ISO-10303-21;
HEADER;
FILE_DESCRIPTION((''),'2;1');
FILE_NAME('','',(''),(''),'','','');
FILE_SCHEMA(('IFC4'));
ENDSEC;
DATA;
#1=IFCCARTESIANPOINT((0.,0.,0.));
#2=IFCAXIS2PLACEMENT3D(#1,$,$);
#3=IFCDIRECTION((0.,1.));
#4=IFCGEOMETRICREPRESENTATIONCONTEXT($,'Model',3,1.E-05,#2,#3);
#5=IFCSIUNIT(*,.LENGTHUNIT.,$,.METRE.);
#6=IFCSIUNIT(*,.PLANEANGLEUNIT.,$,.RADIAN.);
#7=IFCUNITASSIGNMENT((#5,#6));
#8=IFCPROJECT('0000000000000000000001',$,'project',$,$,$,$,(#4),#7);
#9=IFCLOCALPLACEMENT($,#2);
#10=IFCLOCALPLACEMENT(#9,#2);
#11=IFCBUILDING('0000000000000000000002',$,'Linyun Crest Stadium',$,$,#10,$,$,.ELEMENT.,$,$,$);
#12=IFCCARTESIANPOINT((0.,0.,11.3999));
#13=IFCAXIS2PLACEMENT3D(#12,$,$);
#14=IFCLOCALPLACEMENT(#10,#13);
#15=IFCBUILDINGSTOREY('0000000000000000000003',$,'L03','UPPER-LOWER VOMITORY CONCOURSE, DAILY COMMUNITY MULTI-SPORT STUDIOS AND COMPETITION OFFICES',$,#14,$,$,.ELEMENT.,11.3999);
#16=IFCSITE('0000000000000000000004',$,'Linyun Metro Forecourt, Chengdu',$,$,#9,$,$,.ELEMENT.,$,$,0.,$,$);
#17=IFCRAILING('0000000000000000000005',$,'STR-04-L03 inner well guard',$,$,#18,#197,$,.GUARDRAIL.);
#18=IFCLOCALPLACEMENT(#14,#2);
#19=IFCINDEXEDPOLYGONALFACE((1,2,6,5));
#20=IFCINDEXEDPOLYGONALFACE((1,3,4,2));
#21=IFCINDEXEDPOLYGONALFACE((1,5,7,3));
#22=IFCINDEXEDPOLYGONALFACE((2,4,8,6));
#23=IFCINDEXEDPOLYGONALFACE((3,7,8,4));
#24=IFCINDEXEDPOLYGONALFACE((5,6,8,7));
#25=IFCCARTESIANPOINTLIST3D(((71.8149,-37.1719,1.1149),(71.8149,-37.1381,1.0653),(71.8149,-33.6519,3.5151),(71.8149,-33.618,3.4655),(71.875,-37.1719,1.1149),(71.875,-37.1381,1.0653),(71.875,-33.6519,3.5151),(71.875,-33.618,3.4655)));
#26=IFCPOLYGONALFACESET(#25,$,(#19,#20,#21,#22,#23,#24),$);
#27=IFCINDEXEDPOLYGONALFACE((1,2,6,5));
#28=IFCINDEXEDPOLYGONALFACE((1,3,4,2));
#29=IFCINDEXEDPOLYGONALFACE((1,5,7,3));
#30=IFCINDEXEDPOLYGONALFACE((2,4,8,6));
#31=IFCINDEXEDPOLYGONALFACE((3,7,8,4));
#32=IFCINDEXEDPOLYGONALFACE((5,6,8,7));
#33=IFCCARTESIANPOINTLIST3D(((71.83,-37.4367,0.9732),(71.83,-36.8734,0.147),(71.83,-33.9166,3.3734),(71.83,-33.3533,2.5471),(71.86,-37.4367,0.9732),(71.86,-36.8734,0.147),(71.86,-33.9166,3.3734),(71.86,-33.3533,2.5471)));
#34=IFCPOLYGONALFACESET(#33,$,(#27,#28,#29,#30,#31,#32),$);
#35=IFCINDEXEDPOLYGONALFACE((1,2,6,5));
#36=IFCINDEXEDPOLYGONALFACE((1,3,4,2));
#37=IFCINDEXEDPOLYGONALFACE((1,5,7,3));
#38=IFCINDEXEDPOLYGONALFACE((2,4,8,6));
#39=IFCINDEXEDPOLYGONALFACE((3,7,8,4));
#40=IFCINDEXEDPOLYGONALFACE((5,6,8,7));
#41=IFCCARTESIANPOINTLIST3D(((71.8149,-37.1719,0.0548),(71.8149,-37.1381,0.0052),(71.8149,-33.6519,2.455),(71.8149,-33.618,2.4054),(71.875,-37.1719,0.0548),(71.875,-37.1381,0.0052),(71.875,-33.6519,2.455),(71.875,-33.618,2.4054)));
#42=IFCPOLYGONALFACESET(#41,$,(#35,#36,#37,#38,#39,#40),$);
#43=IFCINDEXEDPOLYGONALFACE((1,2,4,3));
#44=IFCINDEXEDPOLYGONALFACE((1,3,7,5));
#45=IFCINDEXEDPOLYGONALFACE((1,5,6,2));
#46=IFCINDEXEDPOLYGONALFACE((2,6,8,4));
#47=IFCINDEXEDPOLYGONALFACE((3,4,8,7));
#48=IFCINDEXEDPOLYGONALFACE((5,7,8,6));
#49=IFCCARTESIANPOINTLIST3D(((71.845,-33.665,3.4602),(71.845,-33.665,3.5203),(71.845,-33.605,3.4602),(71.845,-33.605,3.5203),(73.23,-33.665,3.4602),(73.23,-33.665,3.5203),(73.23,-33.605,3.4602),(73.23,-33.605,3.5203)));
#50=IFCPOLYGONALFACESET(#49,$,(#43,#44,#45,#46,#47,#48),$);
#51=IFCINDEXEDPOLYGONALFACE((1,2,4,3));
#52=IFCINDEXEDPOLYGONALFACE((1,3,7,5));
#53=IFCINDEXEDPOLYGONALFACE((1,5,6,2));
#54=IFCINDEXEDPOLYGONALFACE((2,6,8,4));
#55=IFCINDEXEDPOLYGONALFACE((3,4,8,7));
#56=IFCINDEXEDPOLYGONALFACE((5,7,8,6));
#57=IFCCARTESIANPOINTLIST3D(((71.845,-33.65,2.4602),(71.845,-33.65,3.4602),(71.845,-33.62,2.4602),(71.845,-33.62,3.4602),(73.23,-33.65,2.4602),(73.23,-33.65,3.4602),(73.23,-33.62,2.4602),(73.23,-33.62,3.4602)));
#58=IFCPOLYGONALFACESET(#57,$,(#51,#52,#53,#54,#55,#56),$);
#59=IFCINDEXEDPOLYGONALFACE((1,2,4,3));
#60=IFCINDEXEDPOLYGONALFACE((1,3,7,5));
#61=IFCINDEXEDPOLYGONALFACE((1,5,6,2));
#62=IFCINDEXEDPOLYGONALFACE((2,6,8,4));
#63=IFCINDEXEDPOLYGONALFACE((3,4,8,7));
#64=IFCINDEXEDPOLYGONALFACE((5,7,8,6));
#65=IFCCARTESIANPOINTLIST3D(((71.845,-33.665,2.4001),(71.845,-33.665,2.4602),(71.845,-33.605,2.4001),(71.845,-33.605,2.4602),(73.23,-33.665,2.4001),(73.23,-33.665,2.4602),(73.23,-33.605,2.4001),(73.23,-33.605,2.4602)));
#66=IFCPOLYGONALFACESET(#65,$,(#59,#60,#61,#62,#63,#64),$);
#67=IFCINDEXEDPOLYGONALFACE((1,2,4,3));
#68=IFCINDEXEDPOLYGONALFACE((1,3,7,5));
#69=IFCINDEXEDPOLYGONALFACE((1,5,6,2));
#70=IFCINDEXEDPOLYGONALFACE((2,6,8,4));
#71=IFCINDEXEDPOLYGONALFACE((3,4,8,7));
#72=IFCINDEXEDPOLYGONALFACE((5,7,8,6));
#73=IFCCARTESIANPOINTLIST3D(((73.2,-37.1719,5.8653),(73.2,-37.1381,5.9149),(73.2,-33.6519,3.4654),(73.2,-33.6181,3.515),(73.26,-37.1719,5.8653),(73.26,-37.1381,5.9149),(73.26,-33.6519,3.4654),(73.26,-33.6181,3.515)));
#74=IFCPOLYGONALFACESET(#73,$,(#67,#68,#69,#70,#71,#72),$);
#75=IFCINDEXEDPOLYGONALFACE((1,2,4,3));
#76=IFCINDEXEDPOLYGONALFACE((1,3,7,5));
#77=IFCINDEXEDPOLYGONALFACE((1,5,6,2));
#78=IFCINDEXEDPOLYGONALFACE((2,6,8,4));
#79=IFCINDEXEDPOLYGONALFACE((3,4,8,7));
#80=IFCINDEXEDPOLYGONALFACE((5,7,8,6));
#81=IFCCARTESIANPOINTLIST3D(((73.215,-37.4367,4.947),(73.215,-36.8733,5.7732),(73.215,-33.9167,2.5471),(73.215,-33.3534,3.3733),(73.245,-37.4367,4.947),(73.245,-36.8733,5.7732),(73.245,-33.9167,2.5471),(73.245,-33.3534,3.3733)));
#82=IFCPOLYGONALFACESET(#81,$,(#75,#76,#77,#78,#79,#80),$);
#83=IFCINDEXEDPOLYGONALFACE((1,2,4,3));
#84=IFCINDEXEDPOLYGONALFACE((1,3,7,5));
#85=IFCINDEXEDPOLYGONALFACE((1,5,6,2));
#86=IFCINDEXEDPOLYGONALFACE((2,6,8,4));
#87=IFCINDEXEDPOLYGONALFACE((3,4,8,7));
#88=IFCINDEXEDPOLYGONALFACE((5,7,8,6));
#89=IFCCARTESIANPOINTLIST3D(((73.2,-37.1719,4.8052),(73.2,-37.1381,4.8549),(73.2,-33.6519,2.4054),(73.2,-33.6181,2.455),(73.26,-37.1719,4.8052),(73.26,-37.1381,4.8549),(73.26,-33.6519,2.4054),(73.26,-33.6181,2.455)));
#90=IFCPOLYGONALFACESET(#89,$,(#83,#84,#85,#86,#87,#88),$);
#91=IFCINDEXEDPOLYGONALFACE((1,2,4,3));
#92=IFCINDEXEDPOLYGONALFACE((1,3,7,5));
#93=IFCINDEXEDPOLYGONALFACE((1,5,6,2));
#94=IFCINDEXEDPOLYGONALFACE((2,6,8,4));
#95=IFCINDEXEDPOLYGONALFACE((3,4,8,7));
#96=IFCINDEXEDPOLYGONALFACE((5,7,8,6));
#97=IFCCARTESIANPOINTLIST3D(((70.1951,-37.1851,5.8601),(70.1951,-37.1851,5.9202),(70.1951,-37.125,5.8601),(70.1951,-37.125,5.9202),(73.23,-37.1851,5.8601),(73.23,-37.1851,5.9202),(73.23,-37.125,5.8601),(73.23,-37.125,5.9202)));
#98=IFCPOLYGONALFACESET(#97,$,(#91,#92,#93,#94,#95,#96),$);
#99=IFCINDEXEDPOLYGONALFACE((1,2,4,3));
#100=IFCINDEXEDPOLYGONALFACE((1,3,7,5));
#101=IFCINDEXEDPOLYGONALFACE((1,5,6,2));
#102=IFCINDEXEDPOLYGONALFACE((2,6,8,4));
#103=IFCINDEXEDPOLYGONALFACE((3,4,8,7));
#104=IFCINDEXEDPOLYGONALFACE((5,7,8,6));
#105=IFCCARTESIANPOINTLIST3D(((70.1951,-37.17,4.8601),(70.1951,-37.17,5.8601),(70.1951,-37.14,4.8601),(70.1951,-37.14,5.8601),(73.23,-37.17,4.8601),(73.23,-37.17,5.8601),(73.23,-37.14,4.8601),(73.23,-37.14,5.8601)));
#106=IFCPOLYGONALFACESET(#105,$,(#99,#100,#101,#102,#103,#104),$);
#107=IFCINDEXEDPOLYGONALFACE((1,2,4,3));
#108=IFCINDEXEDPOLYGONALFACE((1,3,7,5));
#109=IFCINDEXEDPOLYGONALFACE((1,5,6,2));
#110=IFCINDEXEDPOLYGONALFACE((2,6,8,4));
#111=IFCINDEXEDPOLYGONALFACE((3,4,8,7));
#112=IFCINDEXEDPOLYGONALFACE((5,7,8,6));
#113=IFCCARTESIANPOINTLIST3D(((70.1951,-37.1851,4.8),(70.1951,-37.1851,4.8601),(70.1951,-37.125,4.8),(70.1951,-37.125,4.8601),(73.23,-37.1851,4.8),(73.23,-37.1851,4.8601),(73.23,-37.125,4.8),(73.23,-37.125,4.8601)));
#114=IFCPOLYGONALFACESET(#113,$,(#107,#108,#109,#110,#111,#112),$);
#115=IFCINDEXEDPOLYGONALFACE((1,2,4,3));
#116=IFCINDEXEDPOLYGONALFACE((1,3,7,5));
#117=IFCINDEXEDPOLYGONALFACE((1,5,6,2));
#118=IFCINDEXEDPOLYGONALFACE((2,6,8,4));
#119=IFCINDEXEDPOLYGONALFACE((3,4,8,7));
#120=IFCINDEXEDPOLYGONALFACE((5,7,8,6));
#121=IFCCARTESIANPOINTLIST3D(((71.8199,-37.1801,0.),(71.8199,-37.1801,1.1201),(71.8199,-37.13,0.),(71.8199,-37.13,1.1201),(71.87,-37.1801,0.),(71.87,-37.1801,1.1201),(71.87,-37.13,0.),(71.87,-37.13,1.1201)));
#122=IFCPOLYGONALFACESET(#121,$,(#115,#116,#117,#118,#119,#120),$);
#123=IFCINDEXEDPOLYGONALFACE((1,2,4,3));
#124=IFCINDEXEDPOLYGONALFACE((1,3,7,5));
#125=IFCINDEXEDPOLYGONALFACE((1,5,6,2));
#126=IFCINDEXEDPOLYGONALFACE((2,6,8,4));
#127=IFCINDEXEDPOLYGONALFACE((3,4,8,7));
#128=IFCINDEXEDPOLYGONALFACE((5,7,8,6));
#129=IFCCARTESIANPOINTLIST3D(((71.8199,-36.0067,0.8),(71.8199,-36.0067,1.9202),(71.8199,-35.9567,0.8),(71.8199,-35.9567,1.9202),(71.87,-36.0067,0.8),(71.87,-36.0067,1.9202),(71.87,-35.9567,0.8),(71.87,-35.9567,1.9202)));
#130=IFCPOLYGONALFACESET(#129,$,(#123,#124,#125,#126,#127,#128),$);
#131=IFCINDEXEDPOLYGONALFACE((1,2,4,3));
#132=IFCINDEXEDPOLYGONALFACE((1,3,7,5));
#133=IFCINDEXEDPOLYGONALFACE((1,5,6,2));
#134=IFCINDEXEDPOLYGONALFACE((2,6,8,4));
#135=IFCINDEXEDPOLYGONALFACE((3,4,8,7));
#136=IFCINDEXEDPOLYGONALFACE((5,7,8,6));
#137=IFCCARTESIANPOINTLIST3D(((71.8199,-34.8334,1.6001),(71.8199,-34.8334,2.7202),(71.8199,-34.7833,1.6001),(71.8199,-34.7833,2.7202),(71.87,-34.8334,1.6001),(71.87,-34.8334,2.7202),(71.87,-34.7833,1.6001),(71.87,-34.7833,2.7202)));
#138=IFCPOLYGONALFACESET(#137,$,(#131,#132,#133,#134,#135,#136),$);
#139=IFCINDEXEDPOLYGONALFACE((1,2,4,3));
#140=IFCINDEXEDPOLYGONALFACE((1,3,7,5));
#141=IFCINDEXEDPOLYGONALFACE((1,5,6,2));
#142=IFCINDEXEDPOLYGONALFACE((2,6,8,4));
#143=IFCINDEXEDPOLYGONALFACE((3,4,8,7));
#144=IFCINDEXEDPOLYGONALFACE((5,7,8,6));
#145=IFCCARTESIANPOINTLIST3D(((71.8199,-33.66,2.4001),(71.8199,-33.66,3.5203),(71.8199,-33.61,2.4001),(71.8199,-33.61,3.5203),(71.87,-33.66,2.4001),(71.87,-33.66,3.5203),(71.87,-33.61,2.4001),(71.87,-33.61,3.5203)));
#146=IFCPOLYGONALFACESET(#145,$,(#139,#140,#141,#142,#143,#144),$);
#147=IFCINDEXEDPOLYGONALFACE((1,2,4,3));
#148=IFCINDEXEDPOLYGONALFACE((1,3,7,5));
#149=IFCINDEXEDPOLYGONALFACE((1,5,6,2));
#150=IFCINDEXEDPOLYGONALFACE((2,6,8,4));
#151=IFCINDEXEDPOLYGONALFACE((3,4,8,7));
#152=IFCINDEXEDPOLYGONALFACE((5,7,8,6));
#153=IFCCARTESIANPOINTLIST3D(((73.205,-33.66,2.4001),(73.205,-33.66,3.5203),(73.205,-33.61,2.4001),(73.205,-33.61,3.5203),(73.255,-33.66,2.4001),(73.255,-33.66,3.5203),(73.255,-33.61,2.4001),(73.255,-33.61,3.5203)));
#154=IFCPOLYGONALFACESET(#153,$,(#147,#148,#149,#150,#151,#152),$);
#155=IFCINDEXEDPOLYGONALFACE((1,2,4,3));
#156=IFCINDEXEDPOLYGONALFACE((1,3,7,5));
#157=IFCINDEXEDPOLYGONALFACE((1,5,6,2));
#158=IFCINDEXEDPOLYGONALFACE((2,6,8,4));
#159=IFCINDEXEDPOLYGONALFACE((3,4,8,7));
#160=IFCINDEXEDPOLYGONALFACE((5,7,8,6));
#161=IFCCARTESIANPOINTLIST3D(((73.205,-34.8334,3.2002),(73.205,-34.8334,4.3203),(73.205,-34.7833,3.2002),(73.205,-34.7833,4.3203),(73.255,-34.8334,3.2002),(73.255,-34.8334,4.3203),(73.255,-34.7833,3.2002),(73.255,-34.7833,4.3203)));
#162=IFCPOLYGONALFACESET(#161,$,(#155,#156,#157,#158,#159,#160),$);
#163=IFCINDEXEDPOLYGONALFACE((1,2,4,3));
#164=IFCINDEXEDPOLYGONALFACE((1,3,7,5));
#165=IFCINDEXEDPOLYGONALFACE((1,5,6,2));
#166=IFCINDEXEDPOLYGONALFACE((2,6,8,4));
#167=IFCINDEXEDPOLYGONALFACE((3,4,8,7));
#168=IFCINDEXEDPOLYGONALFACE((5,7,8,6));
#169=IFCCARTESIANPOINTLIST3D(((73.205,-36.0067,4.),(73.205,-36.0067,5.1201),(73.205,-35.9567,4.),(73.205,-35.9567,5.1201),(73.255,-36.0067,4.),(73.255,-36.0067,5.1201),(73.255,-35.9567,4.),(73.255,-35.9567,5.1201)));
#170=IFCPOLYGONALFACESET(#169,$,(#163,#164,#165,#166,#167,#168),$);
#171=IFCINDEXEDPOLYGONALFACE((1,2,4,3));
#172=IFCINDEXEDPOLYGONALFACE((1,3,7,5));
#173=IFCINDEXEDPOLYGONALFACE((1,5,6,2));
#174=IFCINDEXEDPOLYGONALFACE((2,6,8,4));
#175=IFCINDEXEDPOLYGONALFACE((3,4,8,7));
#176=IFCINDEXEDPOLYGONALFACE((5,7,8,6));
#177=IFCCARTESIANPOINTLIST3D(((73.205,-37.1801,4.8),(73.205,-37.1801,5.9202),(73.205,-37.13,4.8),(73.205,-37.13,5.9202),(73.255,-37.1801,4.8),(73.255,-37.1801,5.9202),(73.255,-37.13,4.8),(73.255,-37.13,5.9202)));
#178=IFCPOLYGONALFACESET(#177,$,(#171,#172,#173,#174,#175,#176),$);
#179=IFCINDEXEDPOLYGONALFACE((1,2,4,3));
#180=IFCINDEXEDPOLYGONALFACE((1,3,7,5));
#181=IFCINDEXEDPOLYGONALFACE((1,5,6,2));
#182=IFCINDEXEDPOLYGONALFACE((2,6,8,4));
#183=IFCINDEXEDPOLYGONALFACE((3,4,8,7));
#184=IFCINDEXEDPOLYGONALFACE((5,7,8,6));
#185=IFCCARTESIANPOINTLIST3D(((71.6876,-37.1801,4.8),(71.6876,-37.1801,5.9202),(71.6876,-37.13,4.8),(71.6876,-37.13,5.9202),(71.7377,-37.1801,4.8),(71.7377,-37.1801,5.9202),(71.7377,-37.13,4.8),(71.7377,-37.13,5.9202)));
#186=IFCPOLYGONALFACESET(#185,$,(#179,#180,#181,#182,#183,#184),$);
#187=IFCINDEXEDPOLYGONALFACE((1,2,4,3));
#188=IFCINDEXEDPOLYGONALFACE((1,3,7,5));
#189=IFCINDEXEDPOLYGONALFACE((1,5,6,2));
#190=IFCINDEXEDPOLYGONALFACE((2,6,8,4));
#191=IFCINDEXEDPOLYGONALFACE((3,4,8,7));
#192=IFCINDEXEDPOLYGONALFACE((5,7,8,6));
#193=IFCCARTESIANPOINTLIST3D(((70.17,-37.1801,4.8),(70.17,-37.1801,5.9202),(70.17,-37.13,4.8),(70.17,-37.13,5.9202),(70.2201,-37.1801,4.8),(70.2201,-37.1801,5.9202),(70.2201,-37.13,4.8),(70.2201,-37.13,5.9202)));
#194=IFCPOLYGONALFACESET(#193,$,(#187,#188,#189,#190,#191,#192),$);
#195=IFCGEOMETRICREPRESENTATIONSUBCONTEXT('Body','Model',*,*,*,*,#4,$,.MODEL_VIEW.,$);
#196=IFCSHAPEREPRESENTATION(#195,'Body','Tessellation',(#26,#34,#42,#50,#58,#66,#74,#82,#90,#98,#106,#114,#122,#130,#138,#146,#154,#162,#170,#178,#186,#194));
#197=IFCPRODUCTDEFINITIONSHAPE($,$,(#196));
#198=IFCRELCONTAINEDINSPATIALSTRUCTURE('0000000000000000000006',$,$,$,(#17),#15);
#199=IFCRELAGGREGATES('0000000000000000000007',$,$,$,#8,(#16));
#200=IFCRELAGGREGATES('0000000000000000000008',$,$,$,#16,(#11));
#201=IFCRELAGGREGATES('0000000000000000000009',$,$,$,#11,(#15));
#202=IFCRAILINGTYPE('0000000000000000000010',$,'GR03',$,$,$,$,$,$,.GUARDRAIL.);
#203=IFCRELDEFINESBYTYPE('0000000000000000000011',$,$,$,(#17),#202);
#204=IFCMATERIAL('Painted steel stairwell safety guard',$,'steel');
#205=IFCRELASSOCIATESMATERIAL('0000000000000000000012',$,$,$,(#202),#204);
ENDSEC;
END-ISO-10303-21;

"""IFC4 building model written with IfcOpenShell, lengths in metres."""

from ifc_helpers import new_model, si_unit, direction, frame, origin, origin_2d, place, context, subcontext, project, spatial, rectangle, extrude, material, type_object, element, save


model = new_model("IFC4")

# Units and contexts
model_context = context("Model", 3, precision=1e-05, world=origin(), true_north=direction((0.0, 1.0)))
body_context = subcontext(model_context, "Body", "Model", "MODEL_VIEW")
ifc_project = project(units=[si_unit("LENGTHUNIT", "METRE"), si_unit("PLANEANGLEUNIT", "RADIAN")], contexts=[model_context])

# Site, building, storey
site_placement = place(None, origin())
site = spatial("IfcSite", under=ifc_project, at=site_placement, Name="Linyun Metro Forecourt, Chengdu", CompositionType="ELEMENT", RefElevation=0.0)
building_placement = place(site_placement, origin())
building = spatial("IfcBuilding", under=site, at=building_placement, Name="Linyun Crest Stadium", CompositionType="ELEMENT")
storey_placement = place(building_placement, frame((0.0, 0.0, 11.3999)))
storey = spatial("IfcBuildingStorey", under=building, at=storey_placement, Name="L03", Description="UPPER-LOWER VOMITORY CONCOURSE, DAILY COMMUNITY MULTI-SPORT STUDIOS AND COMPETITION OFFICES", CompositionType="ELEMENT", Elevation=11.3999)

# Railing
ifc_material_1 = material(Name="Painted steel stairwell safety guard", Category="steel")
railing_type_1 = type_object("IfcRailingType", Name="GR03", PredefinedType="GUARDRAIL", material=ifc_material_1)
railing_1_placement = place(storey_placement, frame((71.845, -37.155, 0.0)))
element("IfcRailing", 1, at=railing_1_placement, inside=storey, type_object=railing_type_1, Name="STR-04-L03 inner well guard", PredefinedType="GUARDRAIL", context=body_context, shape_type="SweptSolid", body=[
    extrude(rectangle(XDim=0.0601, YDim=0.0601, at=origin_2d()), frame((0.0, 0.0, 1.0901), z_axis=(0.0, 0.826213, 0.563358), x_axis=(-1.0, 0.0, 0.0)), (0.0, 0.0, 1.0), 4.2605),
    extrude(rectangle(XDim=0.03, YDim=1.0, at=origin_2d()), frame((0.0, 0.0, 0.5601), z_axis=(0.0, 0.826213, 0.563358), x_axis=(-1.0, 0.0, 0.0)), (0.0, 0.0, 1.0), 4.2605),
    extrude(rectangle(XDim=0.0601, YDim=0.0601, at=origin_2d()), frame((0.0, 0.0, 0.03), z_axis=(0.0, 0.826213, 0.563358), x_axis=(-1.0, 0.0, 0.0)), (0.0, 0.0, 1.0), 4.2605),
    extrude(rectangle(XDim=0.0601, YDim=0.0601, at=origin_2d()), frame((0.0, 3.52, 3.4902), z_axis=(1.0, 0.0, 0.0), x_axis=(0.0, 1.0, 0.0)), (0.0, 0.0, 1.0), 1.385),
    extrude(rectangle(XDim=0.03, YDim=1.0, at=origin_2d()), frame((0.0, 3.52, 2.9602), z_axis=(1.0, 0.0, 0.0), x_axis=(0.0, 1.0, 0.0)), (0.0, 0.0, 1.0), 1.385),
    extrude(rectangle(XDim=0.0601, YDim=0.0601, at=origin_2d()), frame((0.0, 3.52, 2.4302), z_axis=(1.0, 0.0, 0.0), x_axis=(0.0, 1.0, 0.0)), (0.0, 0.0, 1.0), 1.385),
    extrude(rectangle(XDim=0.0601, YDim=0.0601, at=origin_2d()), frame((1.385, 3.52, 3.4902), z_axis=(0.0, -0.826239, 0.563319), x_axis=(1.0, 0.0, 0.0)), (0.0, 0.0, 1.0), 4.2603),
    extrude(rectangle(XDim=0.03, YDim=1.0, at=origin_2d()), frame((1.385, 3.52, 2.9602), z_axis=(0.0, -0.826239, 0.563319), x_axis=(1.0, 0.0, 0.0)), (0.0, 0.0, 1.0), 4.2603),
    extrude(rectangle(XDim=0.0601, YDim=0.0601, at=origin_2d()), frame((1.385, 3.52, 2.4302), z_axis=(0.0, -0.826239, 0.563319), x_axis=(1.0, 0.0, 0.0)), (0.0, 0.0, 1.0), 4.2603),
    extrude(rectangle(XDim=0.0601, YDim=0.0601, at=origin_2d()), frame((1.385, 0.0, 5.8901), z_axis=(-1.0, 0.0, 0.0), x_axis=(0.0, -1.0, 0.0)), (0.0, 0.0, 1.0), 3.0349),
    extrude(rectangle(XDim=0.03, YDim=1.0, at=origin_2d()), frame((1.385, 0.0, 5.3601), z_axis=(-1.0, 0.0, 0.0), x_axis=(0.0, -1.0, 0.0)), (0.0, 0.0, 1.0), 3.0349),
    extrude(rectangle(XDim=0.0601, YDim=0.0601, at=origin_2d()), frame((1.385, 0.0, 4.8301), z_axis=(-1.0, 0.0, 0.0), x_axis=(0.0, -1.0, 0.0)), (0.0, 0.0, 1.0), 3.0349),
    extrude(rectangle(XDim=0.05, YDim=0.05, at=origin_2d()), origin(), (0.0, 0.0, 1.0), 1.1201),
    extrude(rectangle(XDim=0.05, YDim=0.05, at=origin_2d()), frame((0.0, 1.1733, 0.8)), (0.0, 0.0, 1.0), 1.1201),
    extrude(rectangle(XDim=0.05, YDim=0.05, at=origin_2d()), frame((0.0, 2.3467, 1.6001)), (0.0, 0.0, 1.0), 1.1201),
    extrude(rectangle(XDim=0.05, YDim=0.05, at=origin_2d()), frame((0.0, 3.52, 2.4001)), (0.0, 0.0, 1.0), 1.1201),
    extrude(rectangle(XDim=0.05, YDim=0.05, at=origin_2d()), frame((1.385, 3.52, 2.4001)), (0.0, 0.0, 1.0), 1.1201),
    extrude(rectangle(XDim=0.05, YDim=0.05, at=origin_2d()), frame((1.385, 2.3467, 3.2002)), (0.0, 0.0, 1.0), 1.1201),
    extrude(rectangle(XDim=0.05, YDim=0.05, at=origin_2d()), frame((1.385, 1.1733, 4.0)), (0.0, 0.0, 1.0), 1.1201),
    extrude(rectangle(XDim=0.05, YDim=0.05, at=origin_2d()), frame((1.385, 0.0, 4.8)), (0.0, 0.0, 1.0), 1.1201),
    extrude(rectangle(XDim=0.05, YDim=0.05, at=origin_2d()), frame((-0.1323, 0.0, 4.8)), (0.0, 0.0, 1.0), 1.1201),
    extrude(rectangle(XDim=0.05, YDim=0.05, at=origin_2d()), frame((-1.6499, 0.0, 4.8)), (0.0, 0.0, 1.0), 1.1201),
])

save(model, "model.ifc")
